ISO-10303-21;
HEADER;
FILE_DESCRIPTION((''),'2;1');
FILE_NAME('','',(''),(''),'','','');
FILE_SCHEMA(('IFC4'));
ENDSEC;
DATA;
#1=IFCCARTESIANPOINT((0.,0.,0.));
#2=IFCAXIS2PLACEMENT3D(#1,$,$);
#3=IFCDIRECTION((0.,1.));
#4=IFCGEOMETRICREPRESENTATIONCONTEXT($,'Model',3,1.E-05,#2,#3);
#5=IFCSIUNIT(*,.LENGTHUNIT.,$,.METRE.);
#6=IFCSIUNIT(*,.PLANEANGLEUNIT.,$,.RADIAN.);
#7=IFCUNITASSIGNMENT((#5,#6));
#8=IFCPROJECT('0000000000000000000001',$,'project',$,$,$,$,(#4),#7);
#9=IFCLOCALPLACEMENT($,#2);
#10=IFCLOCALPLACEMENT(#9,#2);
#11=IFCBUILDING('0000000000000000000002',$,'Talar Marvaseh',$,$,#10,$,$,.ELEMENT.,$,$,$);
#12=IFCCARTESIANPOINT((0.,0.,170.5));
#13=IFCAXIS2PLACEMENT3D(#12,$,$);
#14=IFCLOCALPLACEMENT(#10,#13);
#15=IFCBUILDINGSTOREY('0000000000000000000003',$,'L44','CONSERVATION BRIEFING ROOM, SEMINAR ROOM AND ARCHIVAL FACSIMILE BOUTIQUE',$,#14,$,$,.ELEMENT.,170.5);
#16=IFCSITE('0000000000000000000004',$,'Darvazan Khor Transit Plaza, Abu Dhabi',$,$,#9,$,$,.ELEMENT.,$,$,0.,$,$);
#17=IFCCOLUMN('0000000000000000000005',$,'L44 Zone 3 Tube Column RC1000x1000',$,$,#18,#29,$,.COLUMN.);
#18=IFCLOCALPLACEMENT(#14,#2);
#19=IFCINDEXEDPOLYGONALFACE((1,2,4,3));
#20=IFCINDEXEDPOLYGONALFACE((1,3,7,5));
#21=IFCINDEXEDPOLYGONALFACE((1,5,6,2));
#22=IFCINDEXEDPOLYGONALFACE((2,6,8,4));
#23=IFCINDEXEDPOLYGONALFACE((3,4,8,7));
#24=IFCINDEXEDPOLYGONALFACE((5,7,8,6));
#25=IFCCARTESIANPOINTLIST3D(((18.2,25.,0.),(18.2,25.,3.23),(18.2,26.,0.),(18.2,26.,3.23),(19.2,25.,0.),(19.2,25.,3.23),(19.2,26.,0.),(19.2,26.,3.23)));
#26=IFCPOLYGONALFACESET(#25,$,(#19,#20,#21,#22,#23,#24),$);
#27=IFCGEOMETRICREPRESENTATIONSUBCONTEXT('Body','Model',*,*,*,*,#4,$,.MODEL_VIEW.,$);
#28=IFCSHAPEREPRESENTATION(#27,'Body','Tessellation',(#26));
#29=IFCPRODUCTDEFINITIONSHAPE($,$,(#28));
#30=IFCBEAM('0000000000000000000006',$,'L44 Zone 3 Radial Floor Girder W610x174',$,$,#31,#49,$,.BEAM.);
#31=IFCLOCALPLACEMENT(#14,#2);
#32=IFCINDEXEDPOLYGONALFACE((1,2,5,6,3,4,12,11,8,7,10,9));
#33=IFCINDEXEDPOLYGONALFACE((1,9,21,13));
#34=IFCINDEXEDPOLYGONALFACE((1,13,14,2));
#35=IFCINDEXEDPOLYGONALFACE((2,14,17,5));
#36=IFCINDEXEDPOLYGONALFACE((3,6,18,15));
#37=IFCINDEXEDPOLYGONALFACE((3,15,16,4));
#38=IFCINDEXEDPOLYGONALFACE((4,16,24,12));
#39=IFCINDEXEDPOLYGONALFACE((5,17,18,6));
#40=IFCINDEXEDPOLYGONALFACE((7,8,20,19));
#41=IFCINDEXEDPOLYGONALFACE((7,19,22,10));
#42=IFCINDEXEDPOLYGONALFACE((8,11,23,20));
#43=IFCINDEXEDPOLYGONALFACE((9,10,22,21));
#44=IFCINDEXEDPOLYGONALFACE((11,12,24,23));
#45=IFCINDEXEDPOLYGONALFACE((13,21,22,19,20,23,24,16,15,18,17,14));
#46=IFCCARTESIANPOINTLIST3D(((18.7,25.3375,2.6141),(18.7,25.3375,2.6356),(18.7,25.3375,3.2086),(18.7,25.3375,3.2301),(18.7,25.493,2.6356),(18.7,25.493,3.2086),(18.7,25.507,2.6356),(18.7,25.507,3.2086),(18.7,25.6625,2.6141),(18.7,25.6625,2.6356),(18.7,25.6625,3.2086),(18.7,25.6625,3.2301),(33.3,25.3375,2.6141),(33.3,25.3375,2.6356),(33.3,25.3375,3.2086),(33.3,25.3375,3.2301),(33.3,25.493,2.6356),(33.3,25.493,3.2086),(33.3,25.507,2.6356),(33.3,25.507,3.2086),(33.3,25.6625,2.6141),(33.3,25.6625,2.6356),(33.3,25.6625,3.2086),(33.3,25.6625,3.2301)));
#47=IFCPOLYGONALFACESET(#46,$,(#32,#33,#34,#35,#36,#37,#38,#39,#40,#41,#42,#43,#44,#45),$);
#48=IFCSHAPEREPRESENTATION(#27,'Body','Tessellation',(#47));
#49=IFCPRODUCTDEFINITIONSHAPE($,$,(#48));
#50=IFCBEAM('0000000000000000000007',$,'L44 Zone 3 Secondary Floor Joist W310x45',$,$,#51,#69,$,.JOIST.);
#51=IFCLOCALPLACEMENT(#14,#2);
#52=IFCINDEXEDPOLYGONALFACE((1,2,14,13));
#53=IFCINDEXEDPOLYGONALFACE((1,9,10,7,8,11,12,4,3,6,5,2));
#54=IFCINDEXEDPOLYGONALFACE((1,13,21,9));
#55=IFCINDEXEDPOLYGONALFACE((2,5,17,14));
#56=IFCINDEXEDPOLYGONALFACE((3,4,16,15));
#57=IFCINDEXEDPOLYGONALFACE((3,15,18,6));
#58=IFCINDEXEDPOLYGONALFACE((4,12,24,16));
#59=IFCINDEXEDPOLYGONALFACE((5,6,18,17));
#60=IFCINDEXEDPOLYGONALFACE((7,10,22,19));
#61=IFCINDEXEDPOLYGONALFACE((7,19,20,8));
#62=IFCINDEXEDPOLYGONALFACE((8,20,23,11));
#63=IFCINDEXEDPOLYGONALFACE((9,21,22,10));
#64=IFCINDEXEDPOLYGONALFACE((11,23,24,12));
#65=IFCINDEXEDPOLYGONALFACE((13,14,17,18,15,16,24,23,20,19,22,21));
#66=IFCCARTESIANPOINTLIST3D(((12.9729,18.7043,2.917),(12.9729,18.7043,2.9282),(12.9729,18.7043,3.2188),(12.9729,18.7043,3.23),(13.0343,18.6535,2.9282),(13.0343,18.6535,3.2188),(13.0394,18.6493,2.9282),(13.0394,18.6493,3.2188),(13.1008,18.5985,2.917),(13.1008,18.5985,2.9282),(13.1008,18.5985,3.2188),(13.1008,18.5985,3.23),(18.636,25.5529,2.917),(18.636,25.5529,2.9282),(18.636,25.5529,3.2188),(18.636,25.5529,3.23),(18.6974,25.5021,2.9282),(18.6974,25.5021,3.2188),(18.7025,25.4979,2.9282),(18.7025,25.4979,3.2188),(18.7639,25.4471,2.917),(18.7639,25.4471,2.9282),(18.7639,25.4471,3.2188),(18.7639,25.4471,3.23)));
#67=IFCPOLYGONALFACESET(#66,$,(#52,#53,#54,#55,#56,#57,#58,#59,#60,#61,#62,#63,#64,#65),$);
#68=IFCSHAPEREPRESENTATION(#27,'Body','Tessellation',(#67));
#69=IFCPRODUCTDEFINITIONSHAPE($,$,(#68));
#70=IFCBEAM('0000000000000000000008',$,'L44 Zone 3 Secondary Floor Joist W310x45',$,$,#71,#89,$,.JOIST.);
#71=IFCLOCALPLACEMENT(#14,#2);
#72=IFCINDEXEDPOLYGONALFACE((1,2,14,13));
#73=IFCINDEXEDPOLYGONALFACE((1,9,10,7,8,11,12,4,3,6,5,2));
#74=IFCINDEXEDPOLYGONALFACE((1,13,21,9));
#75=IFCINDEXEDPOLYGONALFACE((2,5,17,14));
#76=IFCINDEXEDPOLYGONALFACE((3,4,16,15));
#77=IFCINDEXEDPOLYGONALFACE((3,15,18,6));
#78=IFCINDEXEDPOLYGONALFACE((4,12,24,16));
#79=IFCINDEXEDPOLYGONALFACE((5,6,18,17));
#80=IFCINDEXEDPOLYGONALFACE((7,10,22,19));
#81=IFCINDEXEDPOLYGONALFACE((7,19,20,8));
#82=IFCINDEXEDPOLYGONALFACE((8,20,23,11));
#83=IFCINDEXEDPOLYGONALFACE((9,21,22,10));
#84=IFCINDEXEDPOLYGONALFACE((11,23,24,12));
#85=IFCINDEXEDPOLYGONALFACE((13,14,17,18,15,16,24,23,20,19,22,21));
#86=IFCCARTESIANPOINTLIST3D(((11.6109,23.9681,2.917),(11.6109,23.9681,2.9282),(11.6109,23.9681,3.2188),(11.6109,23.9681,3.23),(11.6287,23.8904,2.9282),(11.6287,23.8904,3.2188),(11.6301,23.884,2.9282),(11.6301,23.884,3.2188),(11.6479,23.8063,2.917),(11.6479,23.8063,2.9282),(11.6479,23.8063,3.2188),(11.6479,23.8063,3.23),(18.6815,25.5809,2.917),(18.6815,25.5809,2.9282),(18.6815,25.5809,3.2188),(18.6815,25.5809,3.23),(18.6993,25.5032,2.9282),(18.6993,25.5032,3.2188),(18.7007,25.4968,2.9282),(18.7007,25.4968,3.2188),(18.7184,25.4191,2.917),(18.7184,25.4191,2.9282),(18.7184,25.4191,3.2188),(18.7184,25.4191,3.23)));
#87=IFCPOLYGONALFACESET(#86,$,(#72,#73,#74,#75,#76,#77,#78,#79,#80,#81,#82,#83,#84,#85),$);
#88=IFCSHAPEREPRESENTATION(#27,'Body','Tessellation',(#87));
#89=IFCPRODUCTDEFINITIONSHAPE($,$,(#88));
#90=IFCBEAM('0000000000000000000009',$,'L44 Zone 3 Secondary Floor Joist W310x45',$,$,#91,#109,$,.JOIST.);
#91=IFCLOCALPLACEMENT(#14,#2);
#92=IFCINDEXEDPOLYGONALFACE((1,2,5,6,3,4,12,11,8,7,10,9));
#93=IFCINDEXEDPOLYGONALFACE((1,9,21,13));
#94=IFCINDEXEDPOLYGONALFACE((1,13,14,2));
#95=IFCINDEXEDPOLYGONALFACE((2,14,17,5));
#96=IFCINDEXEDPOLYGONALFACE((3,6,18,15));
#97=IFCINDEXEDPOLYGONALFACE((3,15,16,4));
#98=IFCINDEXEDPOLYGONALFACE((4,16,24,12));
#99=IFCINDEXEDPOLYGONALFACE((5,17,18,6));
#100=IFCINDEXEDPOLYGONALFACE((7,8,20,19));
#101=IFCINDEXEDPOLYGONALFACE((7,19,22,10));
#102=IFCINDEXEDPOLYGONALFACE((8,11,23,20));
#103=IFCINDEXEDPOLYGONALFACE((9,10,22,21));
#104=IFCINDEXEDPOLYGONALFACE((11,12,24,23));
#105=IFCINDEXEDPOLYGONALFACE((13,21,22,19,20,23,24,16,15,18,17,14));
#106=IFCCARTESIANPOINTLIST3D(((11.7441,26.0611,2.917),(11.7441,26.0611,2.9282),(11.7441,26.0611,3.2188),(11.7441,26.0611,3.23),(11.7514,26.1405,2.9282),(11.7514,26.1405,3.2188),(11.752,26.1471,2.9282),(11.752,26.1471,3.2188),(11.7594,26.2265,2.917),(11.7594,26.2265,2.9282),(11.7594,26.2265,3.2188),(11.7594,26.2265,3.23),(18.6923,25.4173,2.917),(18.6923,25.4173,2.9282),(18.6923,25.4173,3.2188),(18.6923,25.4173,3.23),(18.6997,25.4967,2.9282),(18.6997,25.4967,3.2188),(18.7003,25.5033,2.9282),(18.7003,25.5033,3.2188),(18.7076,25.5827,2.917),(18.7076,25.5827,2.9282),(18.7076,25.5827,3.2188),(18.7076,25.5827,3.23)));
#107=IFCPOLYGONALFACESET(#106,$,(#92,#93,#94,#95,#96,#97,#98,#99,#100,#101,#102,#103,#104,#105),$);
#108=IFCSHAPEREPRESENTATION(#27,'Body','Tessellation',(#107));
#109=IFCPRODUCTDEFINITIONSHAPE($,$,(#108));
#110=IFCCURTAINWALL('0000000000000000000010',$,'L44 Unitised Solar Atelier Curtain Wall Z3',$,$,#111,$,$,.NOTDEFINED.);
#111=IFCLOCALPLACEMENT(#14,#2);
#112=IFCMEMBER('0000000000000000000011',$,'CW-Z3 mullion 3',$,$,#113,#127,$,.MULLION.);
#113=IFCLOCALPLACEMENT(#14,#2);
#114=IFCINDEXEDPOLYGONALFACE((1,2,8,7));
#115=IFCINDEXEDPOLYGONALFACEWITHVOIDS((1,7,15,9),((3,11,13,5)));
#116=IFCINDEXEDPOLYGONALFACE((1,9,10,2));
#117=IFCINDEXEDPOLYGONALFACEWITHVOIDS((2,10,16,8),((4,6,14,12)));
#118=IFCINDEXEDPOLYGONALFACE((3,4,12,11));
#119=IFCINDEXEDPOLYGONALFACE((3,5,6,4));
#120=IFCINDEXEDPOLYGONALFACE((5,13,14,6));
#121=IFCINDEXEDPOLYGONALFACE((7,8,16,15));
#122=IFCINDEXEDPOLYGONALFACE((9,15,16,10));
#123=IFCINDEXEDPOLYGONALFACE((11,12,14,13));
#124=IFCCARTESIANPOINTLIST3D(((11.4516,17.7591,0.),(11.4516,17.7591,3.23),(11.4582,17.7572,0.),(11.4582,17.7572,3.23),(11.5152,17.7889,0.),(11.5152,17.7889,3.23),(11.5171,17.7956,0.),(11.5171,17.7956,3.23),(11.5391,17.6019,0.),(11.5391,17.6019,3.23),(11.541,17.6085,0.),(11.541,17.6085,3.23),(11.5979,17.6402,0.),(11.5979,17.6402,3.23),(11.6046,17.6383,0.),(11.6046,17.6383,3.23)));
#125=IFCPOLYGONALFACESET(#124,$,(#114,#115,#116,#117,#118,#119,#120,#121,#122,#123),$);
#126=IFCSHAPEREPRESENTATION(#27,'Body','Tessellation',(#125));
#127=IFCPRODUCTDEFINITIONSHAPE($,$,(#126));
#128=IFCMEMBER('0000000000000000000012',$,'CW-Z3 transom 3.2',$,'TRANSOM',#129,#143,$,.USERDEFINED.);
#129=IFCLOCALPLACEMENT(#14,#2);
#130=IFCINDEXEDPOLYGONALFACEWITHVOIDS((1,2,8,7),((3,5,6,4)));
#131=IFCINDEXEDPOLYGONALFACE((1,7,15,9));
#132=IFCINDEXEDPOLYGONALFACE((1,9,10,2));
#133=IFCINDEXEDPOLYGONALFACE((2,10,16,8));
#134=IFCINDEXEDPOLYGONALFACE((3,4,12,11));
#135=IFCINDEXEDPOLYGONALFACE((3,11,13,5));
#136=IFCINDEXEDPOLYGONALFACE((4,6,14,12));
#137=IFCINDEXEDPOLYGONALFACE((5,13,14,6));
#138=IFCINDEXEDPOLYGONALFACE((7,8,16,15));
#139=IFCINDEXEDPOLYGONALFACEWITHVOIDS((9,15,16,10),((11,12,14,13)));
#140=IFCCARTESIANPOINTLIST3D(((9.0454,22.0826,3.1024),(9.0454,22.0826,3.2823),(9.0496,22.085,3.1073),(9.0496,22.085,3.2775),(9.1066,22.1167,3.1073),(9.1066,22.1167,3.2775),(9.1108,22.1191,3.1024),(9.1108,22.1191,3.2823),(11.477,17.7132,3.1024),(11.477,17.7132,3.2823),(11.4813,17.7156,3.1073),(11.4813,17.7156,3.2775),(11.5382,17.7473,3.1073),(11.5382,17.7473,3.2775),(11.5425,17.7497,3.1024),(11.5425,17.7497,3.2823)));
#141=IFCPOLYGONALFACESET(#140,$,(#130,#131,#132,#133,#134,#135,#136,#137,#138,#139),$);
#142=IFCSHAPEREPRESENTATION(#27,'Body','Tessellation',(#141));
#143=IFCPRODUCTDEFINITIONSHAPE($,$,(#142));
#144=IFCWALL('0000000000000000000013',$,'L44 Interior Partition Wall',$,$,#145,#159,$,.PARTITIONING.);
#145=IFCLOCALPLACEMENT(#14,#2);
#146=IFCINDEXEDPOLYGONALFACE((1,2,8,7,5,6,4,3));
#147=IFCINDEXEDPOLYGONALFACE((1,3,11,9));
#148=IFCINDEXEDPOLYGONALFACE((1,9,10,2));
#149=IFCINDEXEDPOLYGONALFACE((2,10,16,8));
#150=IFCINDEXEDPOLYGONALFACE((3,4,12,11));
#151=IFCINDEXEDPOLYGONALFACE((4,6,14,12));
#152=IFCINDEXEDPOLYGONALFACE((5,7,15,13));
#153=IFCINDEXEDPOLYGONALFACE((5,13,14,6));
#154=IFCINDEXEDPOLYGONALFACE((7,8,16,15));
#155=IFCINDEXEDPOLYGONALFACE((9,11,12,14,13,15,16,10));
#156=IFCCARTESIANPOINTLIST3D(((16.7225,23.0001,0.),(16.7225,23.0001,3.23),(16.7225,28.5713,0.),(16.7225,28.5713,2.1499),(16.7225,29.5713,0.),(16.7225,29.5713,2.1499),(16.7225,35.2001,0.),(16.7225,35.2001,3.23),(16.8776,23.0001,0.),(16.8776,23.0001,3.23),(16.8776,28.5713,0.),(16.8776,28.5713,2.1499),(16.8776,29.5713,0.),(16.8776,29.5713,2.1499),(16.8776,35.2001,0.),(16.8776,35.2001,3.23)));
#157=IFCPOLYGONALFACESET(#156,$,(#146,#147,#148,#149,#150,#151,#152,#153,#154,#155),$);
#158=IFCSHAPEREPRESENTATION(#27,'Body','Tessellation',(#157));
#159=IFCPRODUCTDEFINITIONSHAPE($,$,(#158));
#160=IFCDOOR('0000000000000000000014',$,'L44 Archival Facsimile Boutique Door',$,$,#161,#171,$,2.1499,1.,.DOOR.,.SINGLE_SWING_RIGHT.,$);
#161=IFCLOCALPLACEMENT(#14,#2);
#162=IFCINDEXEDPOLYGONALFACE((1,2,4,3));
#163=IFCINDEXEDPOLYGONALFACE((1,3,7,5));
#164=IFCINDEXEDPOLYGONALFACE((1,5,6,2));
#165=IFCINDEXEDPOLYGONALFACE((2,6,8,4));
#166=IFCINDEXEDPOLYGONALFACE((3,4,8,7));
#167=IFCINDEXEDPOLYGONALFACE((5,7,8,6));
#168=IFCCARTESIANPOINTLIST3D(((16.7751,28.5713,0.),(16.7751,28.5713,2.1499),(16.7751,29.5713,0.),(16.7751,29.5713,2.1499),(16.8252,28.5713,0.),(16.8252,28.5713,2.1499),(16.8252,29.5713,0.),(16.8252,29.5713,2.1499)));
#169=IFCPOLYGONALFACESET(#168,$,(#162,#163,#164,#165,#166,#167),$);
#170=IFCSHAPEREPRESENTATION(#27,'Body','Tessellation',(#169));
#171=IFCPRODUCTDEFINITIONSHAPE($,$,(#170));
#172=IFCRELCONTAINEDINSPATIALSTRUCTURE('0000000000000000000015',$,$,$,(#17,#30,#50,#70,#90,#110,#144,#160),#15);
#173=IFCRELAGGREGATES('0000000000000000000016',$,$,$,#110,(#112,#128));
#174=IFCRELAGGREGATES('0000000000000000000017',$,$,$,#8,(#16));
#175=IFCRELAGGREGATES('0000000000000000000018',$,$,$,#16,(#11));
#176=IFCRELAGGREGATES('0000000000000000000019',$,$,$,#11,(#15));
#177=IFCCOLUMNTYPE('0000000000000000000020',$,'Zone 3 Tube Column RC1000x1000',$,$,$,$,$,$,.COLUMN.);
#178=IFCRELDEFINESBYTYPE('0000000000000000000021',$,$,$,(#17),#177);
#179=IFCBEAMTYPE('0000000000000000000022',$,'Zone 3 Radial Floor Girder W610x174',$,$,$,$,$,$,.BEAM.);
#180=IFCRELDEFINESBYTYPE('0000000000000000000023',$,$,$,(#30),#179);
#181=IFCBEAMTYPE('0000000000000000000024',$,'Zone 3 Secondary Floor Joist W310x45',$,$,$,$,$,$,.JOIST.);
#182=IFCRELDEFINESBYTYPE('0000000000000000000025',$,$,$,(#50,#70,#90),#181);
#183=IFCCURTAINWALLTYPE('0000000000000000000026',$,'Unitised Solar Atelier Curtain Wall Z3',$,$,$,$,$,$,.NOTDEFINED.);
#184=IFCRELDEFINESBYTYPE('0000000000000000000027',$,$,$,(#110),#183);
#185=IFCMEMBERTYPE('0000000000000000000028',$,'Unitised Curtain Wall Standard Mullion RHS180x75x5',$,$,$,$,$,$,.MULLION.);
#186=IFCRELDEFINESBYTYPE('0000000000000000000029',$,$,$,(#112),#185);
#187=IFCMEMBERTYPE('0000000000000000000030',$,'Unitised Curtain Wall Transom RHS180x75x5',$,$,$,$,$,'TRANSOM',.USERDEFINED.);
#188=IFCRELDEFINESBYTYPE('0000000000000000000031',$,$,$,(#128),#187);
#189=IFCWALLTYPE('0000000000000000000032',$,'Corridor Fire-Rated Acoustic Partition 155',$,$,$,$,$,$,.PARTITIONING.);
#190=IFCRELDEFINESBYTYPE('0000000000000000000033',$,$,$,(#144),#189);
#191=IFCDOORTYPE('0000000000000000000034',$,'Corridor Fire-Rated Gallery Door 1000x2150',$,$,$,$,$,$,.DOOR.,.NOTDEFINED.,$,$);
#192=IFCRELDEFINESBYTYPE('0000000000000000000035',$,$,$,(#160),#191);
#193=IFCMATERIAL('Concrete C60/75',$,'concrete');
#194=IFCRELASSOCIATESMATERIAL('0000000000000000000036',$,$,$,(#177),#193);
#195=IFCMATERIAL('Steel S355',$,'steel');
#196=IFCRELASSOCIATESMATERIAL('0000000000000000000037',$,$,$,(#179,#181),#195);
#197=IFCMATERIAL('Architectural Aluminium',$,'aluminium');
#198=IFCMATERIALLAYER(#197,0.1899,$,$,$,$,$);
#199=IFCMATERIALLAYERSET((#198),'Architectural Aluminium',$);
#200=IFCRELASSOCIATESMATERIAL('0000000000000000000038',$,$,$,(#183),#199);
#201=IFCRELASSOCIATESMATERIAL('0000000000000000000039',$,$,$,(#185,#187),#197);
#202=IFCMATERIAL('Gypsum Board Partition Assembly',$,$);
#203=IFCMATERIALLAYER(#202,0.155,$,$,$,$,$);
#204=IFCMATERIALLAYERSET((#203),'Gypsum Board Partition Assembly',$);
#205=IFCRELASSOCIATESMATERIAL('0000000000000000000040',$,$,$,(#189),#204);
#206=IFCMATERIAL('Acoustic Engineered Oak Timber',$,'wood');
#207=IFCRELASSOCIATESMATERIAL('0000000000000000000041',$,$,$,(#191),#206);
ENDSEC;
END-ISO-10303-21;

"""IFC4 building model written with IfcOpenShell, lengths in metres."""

from ifc_helpers import new_model, si_unit, direction, frame, frame_2d, origin, origin_2d, place, context, subcontext, project, spatial, rectangle, hollow_rectangle, i_section, extrude, source, transform, mapped, material, layer, layer_set, material_profile, profile_set, type_object, type_shapes, element, fill, aggregate, save


model = new_model("IFC4")

# Units and contexts
model_context = context("Model", 3, precision=1e-05, world=origin(), true_north=direction((0.0, 1.0)))
body_context = subcontext(model_context, "Body", "Model", "MODEL_VIEW")
ifc_project = project(units=[si_unit("LENGTHUNIT", "METRE"), si_unit("PLANEANGLEUNIT", "RADIAN")], contexts=[model_context])

# Site, building, storey
site_placement = place(None, origin())
site = spatial("IfcSite", under=ifc_project, at=site_placement, Name="Darvazan Khor Transit Plaza, Abu Dhabi", CompositionType="ELEMENT", RefElevation=0.0)
building_placement = place(site_placement, origin())
building = spatial("IfcBuilding", under=site, at=building_placement, Name="Talar Marvaseh", CompositionType="ELEMENT")
storey_placement = place(building_placement, frame((0.0, 0.0, 170.5)))
storey = spatial("IfcBuildingStorey", under=building, at=storey_placement, Name="L44", Description="CONSERVATION BRIEFING ROOM, SEMINAR ROOM AND ARCHIVAL FACSIMILE BOUTIQUE", CompositionType="ELEMENT", Elevation=170.5)

# Column
ifc_material_1 = material(Name="Concrete C60/75", Category="concrete")
ifc_material_profile_1 = material_profile(ifc_material_1, rectangle(XDim=1.0, YDim=1.0, at=origin_2d()), Name="RC1000x1000")
ifc_profile_set_1 = profile_set([ifc_material_profile_1], Name="Concrete C60/75")
column_type = type_object("IfcColumnType", Name="Zone 3 Tube Column RC1000x1000", PredefinedType="COLUMN", material=ifc_profile_set_1)
column_placement = place(storey_placement, frame((18.7, 25.5, 0.0), z_axis=(0.0, 0.0, 1.0), x_axis=(1.0, 0.0, 0.0)))
element("IfcColumn", 1, at=column_placement, inside=storey, type_object=column_type, Name="L44 Zone 3 Tube Column RC1000x1000", PredefinedType="COLUMN", context=body_context, shape_type="SweptSolid", body=[
    extrude(rectangle(XDim=1.0, YDim=1.0, at=origin_2d()), origin(), (0.0, 0.0, 1.0), 3.23),
])

# Beams
ifc_material_2 = material(Name="Steel S355", Category="steel")
ifc_material_profile_2 = material_profile(ifc_material_2, i_section(OverallWidth=0.325, OverallDepth=0.616, WebThickness=0.0139, FlangeThickness=0.0215, at=origin_2d()), Name="W610x174")
ifc_profile_set_2 = profile_set([ifc_material_profile_2], Name="Steel S355")
beam_type_1 = type_object("IfcBeamType", Name="Zone 3 Radial Floor Girder W610x174", PredefinedType="BEAM", material=ifc_profile_set_2)
beam_1_placement = place(storey_placement, frame((18.7, 25.5, 2.9221), z_axis=(1.0, 0.0, 0.0), x_axis=(0.0, 1.0, 0.0)))
element("IfcBeam", 2, at=beam_1_placement, inside=storey, type_object=beam_type_1, Name="L44 Zone 3 Radial Floor Girder W610x174", PredefinedType="BEAM", context=body_context, shape_type="SweptSolid", body=[
    extrude(i_section(OverallWidth=0.325, OverallDepth=0.616, WebThickness=0.0139, FlangeThickness=0.0215, at=origin_2d()), origin(), (0.0, 0.0, 1.0), 14.6001),
])
ifc_material_profile_3 = material_profile(ifc_material_2, i_section(OverallWidth=0.166, OverallDepth=0.313, WebThickness=0.0066, FlangeThickness=0.0112, at=origin_2d()), Name="W310x45")
ifc_profile_set_3 = profile_set([ifc_material_profile_3], Name="Steel S355")
beam_type_2 = type_object("IfcBeamType", Name="Zone 3 Secondary Floor Joist W310x45", PredefinedType="JOIST", material=ifc_profile_set_3)
beam_2_placement = place(storey_placement, frame((13.0369, 18.6514, 3.0735), z_axis=(0.637251, 0.770657, 0.0), x_axis=(-0.770657, 0.637251, 0.0)))
element("IfcBeam", 3, at=beam_2_placement, inside=storey, type_object=beam_type_2, Name="L44 Zone 3 Secondary Floor Joist W310x45", PredefinedType="JOIST", context=body_context, shape_type="SweptSolid", body=[
    extrude(i_section(OverallWidth=0.166, OverallDepth=0.313, WebThickness=0.0066, FlangeThickness=0.0112, at=origin_2d()), origin(), (0.0, 0.0, 1.0), 8.8867),
])
beam_3_placement = place(storey_placement, frame((11.6294, 23.8872, 3.0735), z_axis=(0.974958, 0.222388, 0.0), x_axis=(-0.222388, 0.974958, 0.0)))
element("IfcBeam", 4, at=beam_3_placement, inside=storey, type_object=beam_type_2, Name="L44 Zone 3 Secondary Floor Joist W310x45", PredefinedType="JOIST", context=body_context, shape_type="SweptSolid", body=[
    extrude(i_section(OverallWidth=0.166, OverallDepth=0.313, WebThickness=0.0066, FlangeThickness=0.0112, at=origin_2d()), origin(), (0.0, 0.0, 1.0), 7.2522),
])
beam_4_placement = place(storey_placement, frame((11.7517, 26.1438, 3.0735), z_axis=(0.995735, -0.092261, 0.0), x_axis=(0.092261, 0.995735, 0.0)))
element("IfcBeam", 5, at=beam_4_placement, inside=storey, type_object=beam_type_2, Name="L44 Zone 3 Secondary Floor Joist W310x45", PredefinedType="JOIST", context=body_context, shape_type="SweptSolid", body=[
    extrude(i_section(OverallWidth=0.166, OverallDepth=0.313, WebThickness=0.0066, FlangeThickness=0.0112, at=origin_2d()), origin(), (0.0, 0.0, 1.0), 6.978),
])

# Curtain wall, members
ifc_material_3 = material(Name="Architectural Aluminium", Category="aluminium")
ifc_layer_1 = layer(ifc_material_3, 0.1899)
ifc_layer_set_1 = layer_set([ifc_layer_1], Name="Architectural Aluminium")
curtain_wall_type = type_object("IfcCurtainWallType", Name="Unitised Solar Atelier Curtain Wall Z3", PredefinedType="NOTDEFINED", material=ifc_layer_set_1)
curtain_wall_placement = place(storey_placement, origin())
curtain_wall = element("IfcCurtainWall", 6, at=curtain_wall_placement, inside=storey, type_object=curtain_wall_type, Name="L44 Unitised Solar Atelier Curtain Wall Z3", PredefinedType="NOTDEFINED")
ifc_material_profile_4 = material_profile(ifc_material_3, hollow_rectangle(XDim=0.075, YDim=0.1799, WallThickness=0.0049, at=origin_2d()), Name="RHS180x75x5")
ifc_profile_set_4 = profile_set([ifc_material_profile_4], Name="Architectural Aluminium")
member_type_1 = type_object("IfcMemberType", Name="Unitised Curtain Wall Standard Mullion RHS180x75x5", PredefinedType="MULLION", material=ifc_profile_set_4)
shared_shape_1 = source(origin(), body_context, "Body", "SweptSolid", [
    extrude(hollow_rectangle(XDim=0.075, YDim=0.1799, WallThickness=0.0049, at=origin_2d()), origin(), (0.0, 0.0, 1.0), 3.23),
])
type_shapes(member_type_1, [shared_shape_1])
member_1_placement = place(storey_placement, frame((11.5281, 17.6987, 0.0), z_axis=(0.0, 0.0, 1.0), x_axis=(-0.873805, -0.486277, 0.0)))
member_1 = element("IfcMember", 7, at=member_1_placement, type_object=member_type_1, Name="CW-Z3 mullion 3", PredefinedType="MULLION", context=body_context, shape_type="MappedRepresentation", body=[
    mapped(shared_shape_1, transform((0.0, 0.0, 0.0), x_axis=(1.0, 0.0, 0.0), y_axis=(0.0, 1.0, 0.0), z_axis=(0.0, 0.0, 1.0), scale=1.0)),
])
ifc_material_profile_5 = material_profile(ifc_material_3, hollow_rectangle(XDim=0.075, YDim=0.1799, WallThickness=0.0049, at=origin_2d()), Name="RHS180x75x5")
ifc_profile_set_5 = profile_set([ifc_material_profile_5], Name="Architectural Aluminium")
member_type_2 = type_object("IfcMemberType", Name="Unitised Curtain Wall Transom RHS180x75x5", ElementType="TRANSOM", PredefinedType="USERDEFINED", material=ifc_profile_set_5)
shared_shape_2 = source(origin(), body_context, "Body", "SweptSolid", [
    extrude(hollow_rectangle(XDim=0.075, YDim=0.1799, WallThickness=0.0049, at=origin_2d()), origin(), (0.0, 0.0, 1.0), 5.0005),
])
type_shapes(member_type_2, [shared_shape_2])
member_2_placement = place(storey_placement, frame((11.5098, 17.7314, 3.1924), z_axis=(-0.486285, 0.8738, 0.0), x_axis=(-0.8738, -0.486285, 0.0)))
member_2 = element("IfcMember", 8, at=member_2_placement, type_object=member_type_2, Name="CW-Z3 transom 3.2", ObjectType="TRANSOM", PredefinedType="USERDEFINED", context=body_context, shape_type="MappedRepresentation", body=[
    mapped(shared_shape_2, transform((0.0, 0.0, 0.0), x_axis=(1.0, 0.0, 0.0), y_axis=(0.0, 1.0, 0.0), z_axis=(0.0, 0.0, 1.0), scale=1.0)),
])
aggregate(curtain_wall, [member_1, member_2])

# Wall, opening, door
ifc_material_4 = material(Name="Gypsum Board Partition Assembly")
ifc_layer_2 = layer(ifc_material_4, 0.155)
ifc_layer_set_2 = layer_set([ifc_layer_2], Name="Gypsum Board Partition Assembly")
wall_type_1 = type_object("IfcWallType", Name="Corridor Fire-Rated Acoustic Partition 155", PredefinedType="PARTITIONING", material=ifc_layer_set_2)
wall_1_placement = place(storey_placement, frame((16.8, 23.0, 0.0), z_axis=(0.0, 0.0, 1.0), x_axis=(0.0, 1.0, 0.0)))
wall_1 = element("IfcWall", 9, at=wall_1_placement, inside=storey, type_object=wall_type_1, Name="L44 Interior Partition Wall", PredefinedType="PARTITIONING", context=body_context, shape_type="SweptSolid", body=[
    extrude(rectangle(XDim=12.2, YDim=0.155, at=frame_2d((6.1001, 0.0))), origin(), (0.0, 0.0, 1.0), 3.23),
])
opening_1_placement = place(wall_1_placement, frame((5.5713, 0.0, 0.0)))
opening_1 = element("IfcOpeningElement", 10, at=opening_1_placement, cuts=wall_1, PredefinedType="OPENING", context=body_context, shape_type="SweptSolid", body=[
    extrude(rectangle(XDim=1.0, YDim=2.1499, at=frame_2d((0.5, 1.075))), frame((0.0, 0.0874, 0.0), z_axis=(0.0, -1.0, 0.0), x_axis=(1.0, 0.0, 0.0)), (0.0, 0.0, 1.0), 0.175),
])
ifc_material_5 = material(Name="Acoustic Engineered Oak Timber", Category="wood")
door_type_1 = type_object("IfcDoorType", Name="Corridor Fire-Rated Gallery Door 1000x2150", OperationType="NOTDEFINED", PredefinedType="DOOR", material=ifc_material_5)
shared_shape_3 = source(origin(), body_context, "Body", "SweptSolid", [
    extrude(rectangle(XDim=1.0, YDim=2.1499, at=frame_2d((0.5, 1.075))), frame((0.0, 0.0249, 0.0), z_axis=(0.0, -1.0, 0.0), x_axis=(1.0, 0.0, 0.0)), (0.0, 0.0, 1.0), 0.05),
])
type_shapes(door_type_1, [shared_shape_3])
door_1_placement = place(opening_1_placement, origin())
door_1 = element("IfcDoor", 11, at=door_1_placement, inside=storey, type_object=door_type_1, Name="L44 Archival Facsimile Boutique Door", OperationType="SINGLE_SWING_RIGHT", OverallHeight=2.1499, OverallWidth=1.0, PredefinedType="DOOR", context=body_context, shape_type="MappedRepresentation", body=[
    mapped(shared_shape_3, transform((0.0, 0.0, 0.0), x_axis=(1.0, 0.0, 0.0), y_axis=(0.0, 1.0, 0.0), z_axis=(0.0, 0.0, 1.0), scale=1.0)),
])
fill(opening_1, door_1)

save(model, "model.ifc")
